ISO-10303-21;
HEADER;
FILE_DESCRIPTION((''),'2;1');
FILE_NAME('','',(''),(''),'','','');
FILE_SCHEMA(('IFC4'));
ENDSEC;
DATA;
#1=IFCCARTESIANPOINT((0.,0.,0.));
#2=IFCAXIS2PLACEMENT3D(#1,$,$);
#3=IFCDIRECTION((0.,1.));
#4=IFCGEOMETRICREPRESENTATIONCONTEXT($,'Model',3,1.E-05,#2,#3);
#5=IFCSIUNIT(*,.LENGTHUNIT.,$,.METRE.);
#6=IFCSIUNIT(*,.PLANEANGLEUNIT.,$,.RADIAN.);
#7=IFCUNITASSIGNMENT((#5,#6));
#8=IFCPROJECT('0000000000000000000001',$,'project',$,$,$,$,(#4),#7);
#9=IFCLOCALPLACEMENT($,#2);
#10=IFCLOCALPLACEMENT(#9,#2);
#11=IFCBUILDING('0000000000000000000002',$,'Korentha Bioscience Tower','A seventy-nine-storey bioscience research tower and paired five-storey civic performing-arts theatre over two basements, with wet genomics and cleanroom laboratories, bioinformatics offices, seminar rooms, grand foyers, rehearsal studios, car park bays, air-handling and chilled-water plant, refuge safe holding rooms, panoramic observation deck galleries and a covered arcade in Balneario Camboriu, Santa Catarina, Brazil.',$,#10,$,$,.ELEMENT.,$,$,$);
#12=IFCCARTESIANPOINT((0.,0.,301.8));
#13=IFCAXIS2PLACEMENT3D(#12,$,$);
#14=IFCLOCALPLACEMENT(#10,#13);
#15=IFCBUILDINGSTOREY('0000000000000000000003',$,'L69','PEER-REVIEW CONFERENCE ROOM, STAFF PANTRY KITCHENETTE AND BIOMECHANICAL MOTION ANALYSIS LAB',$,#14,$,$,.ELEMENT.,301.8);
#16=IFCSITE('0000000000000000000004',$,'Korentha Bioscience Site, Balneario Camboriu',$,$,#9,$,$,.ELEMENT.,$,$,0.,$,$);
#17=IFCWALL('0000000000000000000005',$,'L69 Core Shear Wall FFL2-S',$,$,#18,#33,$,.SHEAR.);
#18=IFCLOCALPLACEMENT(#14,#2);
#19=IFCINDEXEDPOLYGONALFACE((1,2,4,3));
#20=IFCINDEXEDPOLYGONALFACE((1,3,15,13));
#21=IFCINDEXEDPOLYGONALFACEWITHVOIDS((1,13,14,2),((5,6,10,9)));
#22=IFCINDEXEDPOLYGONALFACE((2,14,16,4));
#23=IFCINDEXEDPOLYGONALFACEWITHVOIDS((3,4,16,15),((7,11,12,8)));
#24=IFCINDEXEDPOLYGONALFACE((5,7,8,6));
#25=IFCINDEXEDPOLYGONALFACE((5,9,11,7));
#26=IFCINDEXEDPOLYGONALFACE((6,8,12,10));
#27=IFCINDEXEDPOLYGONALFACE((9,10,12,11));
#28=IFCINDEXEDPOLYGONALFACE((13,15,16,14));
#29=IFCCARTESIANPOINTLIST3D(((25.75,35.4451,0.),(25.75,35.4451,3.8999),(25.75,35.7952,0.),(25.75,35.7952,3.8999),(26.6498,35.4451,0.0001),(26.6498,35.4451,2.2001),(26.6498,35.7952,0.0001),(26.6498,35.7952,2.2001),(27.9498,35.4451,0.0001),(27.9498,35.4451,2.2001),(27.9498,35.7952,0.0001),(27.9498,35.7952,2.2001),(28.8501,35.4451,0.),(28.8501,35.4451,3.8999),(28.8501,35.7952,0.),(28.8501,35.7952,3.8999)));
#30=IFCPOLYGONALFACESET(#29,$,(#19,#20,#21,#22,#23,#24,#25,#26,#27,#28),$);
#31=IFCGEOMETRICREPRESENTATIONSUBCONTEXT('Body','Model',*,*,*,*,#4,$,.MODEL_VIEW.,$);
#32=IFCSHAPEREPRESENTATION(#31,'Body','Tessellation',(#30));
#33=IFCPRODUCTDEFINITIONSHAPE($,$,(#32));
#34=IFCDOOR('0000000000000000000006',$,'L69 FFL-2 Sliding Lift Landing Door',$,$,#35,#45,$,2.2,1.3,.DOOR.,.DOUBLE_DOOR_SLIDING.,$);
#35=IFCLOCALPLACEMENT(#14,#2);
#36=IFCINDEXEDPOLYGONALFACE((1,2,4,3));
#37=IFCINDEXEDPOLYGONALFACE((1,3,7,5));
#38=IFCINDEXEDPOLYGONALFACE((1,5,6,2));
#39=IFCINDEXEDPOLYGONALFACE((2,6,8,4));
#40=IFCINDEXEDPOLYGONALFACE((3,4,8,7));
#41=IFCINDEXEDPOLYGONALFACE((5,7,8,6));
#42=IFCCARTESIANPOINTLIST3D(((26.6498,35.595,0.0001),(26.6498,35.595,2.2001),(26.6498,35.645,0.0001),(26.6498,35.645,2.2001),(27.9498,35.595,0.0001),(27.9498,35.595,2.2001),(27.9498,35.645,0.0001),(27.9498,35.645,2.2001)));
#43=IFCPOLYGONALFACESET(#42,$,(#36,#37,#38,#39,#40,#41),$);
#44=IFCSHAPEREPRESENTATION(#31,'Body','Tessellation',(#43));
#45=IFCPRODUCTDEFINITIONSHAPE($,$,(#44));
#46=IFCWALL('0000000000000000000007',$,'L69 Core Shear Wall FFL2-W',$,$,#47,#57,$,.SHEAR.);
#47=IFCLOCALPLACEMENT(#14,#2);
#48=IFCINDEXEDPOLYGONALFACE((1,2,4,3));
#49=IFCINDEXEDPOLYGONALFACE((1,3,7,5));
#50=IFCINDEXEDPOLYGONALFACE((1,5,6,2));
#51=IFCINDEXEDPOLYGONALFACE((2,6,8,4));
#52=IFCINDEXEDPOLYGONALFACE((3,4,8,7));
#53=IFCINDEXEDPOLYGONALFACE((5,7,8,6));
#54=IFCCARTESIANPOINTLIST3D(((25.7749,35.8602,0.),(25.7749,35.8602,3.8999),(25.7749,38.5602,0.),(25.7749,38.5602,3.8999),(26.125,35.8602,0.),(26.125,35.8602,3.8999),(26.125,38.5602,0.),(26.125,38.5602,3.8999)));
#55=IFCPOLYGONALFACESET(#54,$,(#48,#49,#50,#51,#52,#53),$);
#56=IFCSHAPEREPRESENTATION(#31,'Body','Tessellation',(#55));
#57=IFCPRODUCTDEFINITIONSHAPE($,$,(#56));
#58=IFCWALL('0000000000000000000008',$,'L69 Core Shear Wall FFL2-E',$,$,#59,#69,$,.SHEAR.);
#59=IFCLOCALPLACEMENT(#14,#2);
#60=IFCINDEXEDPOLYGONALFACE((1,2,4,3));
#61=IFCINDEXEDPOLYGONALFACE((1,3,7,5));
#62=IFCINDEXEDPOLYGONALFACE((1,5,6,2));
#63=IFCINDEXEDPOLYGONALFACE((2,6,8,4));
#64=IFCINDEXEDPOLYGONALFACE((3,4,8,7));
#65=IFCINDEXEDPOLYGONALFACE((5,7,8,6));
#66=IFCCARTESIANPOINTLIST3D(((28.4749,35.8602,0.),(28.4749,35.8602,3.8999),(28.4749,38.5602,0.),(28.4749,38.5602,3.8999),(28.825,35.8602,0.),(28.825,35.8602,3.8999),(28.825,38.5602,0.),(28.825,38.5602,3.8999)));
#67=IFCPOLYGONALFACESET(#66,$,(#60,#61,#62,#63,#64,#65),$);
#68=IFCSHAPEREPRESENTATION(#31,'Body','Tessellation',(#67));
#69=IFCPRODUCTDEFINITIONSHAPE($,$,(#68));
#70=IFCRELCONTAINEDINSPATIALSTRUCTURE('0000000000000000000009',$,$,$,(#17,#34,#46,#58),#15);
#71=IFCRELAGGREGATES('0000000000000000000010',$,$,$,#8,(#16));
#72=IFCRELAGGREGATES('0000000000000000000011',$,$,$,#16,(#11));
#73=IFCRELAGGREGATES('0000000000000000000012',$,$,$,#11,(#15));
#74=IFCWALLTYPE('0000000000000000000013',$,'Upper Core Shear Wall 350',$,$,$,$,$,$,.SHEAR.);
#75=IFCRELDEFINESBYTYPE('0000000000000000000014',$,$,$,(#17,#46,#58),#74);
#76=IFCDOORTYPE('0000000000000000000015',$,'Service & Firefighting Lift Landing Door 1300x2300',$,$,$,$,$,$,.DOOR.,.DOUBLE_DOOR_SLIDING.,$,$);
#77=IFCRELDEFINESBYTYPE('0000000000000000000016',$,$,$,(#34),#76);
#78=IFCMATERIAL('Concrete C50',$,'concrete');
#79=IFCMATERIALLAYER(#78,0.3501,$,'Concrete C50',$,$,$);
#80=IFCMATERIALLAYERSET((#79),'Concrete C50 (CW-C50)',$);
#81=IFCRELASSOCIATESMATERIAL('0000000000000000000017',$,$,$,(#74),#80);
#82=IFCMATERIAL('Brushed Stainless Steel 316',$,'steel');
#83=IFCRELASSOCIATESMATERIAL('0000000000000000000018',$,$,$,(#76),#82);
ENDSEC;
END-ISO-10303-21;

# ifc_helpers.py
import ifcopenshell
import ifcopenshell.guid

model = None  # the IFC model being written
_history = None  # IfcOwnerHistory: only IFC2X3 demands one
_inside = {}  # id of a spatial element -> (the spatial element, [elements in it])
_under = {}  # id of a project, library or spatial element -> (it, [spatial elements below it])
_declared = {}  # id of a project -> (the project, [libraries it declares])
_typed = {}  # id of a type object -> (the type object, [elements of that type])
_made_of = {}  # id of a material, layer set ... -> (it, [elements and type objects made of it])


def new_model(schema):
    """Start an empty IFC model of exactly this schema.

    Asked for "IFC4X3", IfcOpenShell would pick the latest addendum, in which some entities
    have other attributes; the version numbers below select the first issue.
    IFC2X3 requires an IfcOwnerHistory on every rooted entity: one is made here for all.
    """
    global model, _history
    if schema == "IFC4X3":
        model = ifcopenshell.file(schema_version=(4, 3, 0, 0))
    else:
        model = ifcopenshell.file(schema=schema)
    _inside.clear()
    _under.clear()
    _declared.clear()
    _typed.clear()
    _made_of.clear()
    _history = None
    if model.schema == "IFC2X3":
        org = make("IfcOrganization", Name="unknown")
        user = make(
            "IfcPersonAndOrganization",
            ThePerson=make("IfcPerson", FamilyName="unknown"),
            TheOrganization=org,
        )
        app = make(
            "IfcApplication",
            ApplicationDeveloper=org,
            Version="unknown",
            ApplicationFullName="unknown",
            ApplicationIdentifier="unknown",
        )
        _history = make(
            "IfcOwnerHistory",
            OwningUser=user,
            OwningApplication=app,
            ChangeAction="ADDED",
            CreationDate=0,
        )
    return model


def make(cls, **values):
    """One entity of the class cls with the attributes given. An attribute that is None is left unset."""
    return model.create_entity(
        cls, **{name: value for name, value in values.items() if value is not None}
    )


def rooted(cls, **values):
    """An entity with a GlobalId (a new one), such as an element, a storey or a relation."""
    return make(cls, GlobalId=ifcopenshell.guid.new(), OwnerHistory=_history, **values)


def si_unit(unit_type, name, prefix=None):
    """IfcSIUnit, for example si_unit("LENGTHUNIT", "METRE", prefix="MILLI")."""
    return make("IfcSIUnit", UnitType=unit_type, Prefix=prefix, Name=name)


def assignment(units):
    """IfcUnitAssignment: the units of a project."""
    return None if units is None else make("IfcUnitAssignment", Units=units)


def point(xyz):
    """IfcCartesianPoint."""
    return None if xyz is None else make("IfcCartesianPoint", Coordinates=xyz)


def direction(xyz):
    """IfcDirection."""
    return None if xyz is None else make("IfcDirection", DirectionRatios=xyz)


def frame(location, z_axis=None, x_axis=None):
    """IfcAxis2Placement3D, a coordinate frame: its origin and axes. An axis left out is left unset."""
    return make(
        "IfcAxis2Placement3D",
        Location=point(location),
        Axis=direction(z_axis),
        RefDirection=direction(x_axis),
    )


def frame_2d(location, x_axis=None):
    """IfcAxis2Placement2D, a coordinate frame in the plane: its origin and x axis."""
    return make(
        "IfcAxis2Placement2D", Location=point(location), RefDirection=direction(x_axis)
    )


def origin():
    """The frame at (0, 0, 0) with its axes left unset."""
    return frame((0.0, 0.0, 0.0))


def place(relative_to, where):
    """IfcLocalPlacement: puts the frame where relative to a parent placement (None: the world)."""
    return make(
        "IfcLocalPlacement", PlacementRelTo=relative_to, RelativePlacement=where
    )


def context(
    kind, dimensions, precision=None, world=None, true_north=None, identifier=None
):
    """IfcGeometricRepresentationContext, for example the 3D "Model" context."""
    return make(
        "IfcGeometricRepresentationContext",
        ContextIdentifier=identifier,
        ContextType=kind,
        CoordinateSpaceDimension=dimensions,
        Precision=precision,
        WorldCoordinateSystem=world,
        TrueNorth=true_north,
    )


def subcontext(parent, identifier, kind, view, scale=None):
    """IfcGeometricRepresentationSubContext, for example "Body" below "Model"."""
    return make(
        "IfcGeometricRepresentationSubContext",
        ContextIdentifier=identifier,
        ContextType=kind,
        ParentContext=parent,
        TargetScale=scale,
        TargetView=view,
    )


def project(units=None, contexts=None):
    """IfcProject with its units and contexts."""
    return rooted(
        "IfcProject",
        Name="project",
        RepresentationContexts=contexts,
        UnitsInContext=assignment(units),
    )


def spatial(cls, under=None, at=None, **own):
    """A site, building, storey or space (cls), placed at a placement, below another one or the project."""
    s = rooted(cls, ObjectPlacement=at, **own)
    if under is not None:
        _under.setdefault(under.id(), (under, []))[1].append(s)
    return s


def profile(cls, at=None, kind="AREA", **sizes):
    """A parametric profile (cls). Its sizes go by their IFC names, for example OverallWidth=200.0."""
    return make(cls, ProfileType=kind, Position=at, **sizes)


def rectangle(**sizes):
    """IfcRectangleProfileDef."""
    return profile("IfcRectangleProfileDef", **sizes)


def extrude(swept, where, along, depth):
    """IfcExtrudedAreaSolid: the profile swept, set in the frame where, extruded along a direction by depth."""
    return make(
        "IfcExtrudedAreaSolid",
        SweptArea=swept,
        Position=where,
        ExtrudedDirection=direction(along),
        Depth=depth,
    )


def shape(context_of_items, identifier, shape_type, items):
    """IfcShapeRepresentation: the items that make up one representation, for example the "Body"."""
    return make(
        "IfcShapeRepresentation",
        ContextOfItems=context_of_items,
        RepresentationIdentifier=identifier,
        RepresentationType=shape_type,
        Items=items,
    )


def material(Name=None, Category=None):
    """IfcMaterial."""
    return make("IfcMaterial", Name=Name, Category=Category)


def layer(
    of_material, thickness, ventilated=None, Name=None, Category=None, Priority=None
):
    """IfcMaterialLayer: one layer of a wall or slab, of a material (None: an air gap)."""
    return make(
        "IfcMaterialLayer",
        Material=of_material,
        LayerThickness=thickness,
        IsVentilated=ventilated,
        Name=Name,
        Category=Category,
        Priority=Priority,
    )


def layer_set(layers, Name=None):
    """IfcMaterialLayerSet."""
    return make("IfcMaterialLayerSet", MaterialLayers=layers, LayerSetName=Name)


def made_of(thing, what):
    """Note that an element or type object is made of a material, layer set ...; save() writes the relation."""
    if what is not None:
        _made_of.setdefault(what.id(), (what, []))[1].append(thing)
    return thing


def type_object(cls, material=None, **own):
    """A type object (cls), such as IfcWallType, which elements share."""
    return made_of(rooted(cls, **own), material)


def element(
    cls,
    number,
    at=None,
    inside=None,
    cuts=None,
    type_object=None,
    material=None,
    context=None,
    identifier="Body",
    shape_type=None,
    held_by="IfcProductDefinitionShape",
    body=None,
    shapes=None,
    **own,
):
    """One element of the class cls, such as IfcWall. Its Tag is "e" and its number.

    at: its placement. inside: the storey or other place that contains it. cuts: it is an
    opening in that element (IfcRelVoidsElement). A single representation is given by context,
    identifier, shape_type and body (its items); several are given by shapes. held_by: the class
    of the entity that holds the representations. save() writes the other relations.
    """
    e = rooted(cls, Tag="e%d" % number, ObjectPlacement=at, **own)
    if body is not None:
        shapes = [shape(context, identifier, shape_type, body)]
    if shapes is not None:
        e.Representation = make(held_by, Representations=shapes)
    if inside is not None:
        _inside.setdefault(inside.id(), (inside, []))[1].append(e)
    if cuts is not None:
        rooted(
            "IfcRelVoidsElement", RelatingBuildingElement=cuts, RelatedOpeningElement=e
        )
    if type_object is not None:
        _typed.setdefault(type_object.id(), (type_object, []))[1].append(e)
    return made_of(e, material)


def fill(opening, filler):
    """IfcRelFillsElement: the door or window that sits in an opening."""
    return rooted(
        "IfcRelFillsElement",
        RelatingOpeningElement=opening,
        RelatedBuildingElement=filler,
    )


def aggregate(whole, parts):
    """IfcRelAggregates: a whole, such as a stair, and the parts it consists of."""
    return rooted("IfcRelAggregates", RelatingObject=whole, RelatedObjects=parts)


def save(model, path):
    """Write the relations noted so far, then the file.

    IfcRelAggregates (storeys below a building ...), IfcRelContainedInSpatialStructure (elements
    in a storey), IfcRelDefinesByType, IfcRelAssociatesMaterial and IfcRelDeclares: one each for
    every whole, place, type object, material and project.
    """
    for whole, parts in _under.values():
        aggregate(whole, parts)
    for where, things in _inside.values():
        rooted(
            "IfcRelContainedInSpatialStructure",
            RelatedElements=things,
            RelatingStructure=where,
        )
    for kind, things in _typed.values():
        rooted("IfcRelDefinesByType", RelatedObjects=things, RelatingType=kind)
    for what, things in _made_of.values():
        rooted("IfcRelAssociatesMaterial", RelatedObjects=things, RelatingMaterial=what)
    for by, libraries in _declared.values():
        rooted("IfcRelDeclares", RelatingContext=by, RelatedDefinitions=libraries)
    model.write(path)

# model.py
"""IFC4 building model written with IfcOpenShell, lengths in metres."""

from ifc_helpers import new_model, si_unit, direction, frame, frame_2d, origin, place, context, subcontext, project, spatial, rectangle, extrude, material, layer, layer_set, type_object, element, fill, save


model = new_model("IFC4")

# Units and contexts
model_context = context("Model", 3, precision=1e-05, world=origin(), true_north=direction((0.0, 1.0)))
body_context = subcontext(model_context, "Body", "Model", "MODEL_VIEW")
ifc_project = project(units=[si_unit("LENGTHUNIT", "METRE"), si_unit("PLANEANGLEUNIT", "RADIAN")], contexts=[model_context])

# Site, building, storey
site_placement = place(None, origin())
site = spatial("IfcSite", under=ifc_project, at=site_placement, Name="Korentha Bioscience Site, Balneario Camboriu", CompositionType="ELEMENT", RefElevation=0.0)
building_placement = place(site_placement, origin())
building = spatial("IfcBuilding", under=site, at=building_placement, Name="Korentha Bioscience Tower", Description="A seventy-nine-storey bioscience research tower and paired five-storey civic performing-arts theatre over two basements, with wet genomics and cleanroom laboratories, bioinformatics offices, seminar rooms, grand foyers, rehearsal studios, car park bays, air-handling and chilled-water plant, refuge safe holding rooms, panoramic observation deck galleries and a covered arcade in Balneario Camboriu, Santa Catarina, Brazil.", CompositionType="ELEMENT")
storey_placement = place(building_placement, frame((0.0, 0.0, 301.8)))
storey = spatial("IfcBuildingStorey", under=building, at=storey_placement, Name="L69", Description="PEER-REVIEW CONFERENCE ROOM, STAFF PANTRY KITCHENETTE AND BIOMECHANICAL MOTION ANALYSIS LAB", CompositionType="ELEMENT", Elevation=301.8)

# Shared definitions
ifc_material_1 = material(Name="Concrete C50", Category="concrete")

# Shared definitions
ifc_layer_1 = layer(ifc_material_1, 0.3501, Name="Concrete C50")
ifc_layer_set_1 = layer_set([ifc_layer_1], Name="Concrete C50 (CW-C50)")
wall_type_1 = type_object("IfcWallType", Name="Upper Core Shear Wall 350", PredefinedType="SHEAR", material=ifc_layer_set_1)

# Wall, opening, door
wall_1_placement = place(storey_placement, frame((25.75, 35.6201, 0.0), z_axis=(0.0, 0.0, 1.0), x_axis=(1.0, 0.0, 0.0)))
wall_1 = element("IfcWall", 1, at=wall_1_placement, inside=storey, type_object=wall_type_1, Name="L69 Core Shear Wall FFL2-S", PredefinedType="SHEAR", context=body_context, shape_type="SweptSolid", body=[
    extrude(rectangle(XDim=3.1001, YDim=0.3501, at=frame_2d((1.55, 0.0))), origin(), (0.0, 0.0, 1.0), 3.8999),
])
opening_placement = place(wall_1_placement, frame((0.8999, 0.0, 0.0)))
opening = element("IfcOpeningElement", 2, at=opening_placement, cuts=wall_1, PredefinedType="OPENING", context=body_context, shape_type="SweptSolid", body=[
    extrude(rectangle(XDim=1.3, YDim=2.2, at=frame_2d((0.6499, 1.1001))), frame((0.0, 0.1899, 0.0), z_axis=(0.0, -1.0, 0.0), x_axis=(1.0, 0.0, 0.0)), (0.0, 0.0, 1.0), 0.3799),
])
ifc_material_2 = material(Name="Brushed Stainless Steel 316", Category="steel")
door_type = type_object("IfcDoorType", Name="Service & Firefighting Lift Landing Door 1300x2300", OperationType="DOUBLE_DOOR_SLIDING", PredefinedType="DOOR", material=ifc_material_2)
door_placement = place(opening_placement, origin())
door = element("IfcDoor", 3, at=door_placement, inside=storey, type_object=door_type, Name="L69 FFL-2 Sliding Lift Landing Door", OperationType="DOUBLE_DOOR_SLIDING", OverallHeight=2.2, OverallWidth=1.3, PredefinedType="DOOR", context=body_context, shape_type="SweptSolid", body=[
    extrude(rectangle(XDim=1.3, YDim=2.2, at=frame_2d((0.6499, 1.1001))), frame((0.0, 0.0249, 0.0), z_axis=(0.0, -1.0, 0.0), x_axis=(1.0, 0.0, 0.0)), (0.0, 0.0, 1.0), 0.05),
])
fill(opening, door)

# Walls
for number, where, z_axis, x_axis, name in (
    (4, (25.95, 35.8601, 0.0), (0.0, 0.0, 1.0), (0.0, 1.0, 0.0), "L69 Core Shear Wall FFL2-W"),
    (5, (28.6499, 35.8601, 0.0), (0.0, 0.0, 1.0), (0.0, 1.0, 0.0), "L69 Core Shear Wall FFL2-E"),
):
    element("IfcWall", number, at=place(storey_placement, frame(where, z_axis=z_axis, x_axis=x_axis)), inside=storey, type_object=wall_type_1, Name=name, PredefinedType="SHEAR", context=body_context, shape_type="SweptSolid", body=[
        extrude(rectangle(XDim=2.7, YDim=0.3501, at=frame_2d((1.3501, 0.0))), origin(), (0.0, 0.0, 1.0), 3.8999),
    ])

save(model, "model.ifc")
